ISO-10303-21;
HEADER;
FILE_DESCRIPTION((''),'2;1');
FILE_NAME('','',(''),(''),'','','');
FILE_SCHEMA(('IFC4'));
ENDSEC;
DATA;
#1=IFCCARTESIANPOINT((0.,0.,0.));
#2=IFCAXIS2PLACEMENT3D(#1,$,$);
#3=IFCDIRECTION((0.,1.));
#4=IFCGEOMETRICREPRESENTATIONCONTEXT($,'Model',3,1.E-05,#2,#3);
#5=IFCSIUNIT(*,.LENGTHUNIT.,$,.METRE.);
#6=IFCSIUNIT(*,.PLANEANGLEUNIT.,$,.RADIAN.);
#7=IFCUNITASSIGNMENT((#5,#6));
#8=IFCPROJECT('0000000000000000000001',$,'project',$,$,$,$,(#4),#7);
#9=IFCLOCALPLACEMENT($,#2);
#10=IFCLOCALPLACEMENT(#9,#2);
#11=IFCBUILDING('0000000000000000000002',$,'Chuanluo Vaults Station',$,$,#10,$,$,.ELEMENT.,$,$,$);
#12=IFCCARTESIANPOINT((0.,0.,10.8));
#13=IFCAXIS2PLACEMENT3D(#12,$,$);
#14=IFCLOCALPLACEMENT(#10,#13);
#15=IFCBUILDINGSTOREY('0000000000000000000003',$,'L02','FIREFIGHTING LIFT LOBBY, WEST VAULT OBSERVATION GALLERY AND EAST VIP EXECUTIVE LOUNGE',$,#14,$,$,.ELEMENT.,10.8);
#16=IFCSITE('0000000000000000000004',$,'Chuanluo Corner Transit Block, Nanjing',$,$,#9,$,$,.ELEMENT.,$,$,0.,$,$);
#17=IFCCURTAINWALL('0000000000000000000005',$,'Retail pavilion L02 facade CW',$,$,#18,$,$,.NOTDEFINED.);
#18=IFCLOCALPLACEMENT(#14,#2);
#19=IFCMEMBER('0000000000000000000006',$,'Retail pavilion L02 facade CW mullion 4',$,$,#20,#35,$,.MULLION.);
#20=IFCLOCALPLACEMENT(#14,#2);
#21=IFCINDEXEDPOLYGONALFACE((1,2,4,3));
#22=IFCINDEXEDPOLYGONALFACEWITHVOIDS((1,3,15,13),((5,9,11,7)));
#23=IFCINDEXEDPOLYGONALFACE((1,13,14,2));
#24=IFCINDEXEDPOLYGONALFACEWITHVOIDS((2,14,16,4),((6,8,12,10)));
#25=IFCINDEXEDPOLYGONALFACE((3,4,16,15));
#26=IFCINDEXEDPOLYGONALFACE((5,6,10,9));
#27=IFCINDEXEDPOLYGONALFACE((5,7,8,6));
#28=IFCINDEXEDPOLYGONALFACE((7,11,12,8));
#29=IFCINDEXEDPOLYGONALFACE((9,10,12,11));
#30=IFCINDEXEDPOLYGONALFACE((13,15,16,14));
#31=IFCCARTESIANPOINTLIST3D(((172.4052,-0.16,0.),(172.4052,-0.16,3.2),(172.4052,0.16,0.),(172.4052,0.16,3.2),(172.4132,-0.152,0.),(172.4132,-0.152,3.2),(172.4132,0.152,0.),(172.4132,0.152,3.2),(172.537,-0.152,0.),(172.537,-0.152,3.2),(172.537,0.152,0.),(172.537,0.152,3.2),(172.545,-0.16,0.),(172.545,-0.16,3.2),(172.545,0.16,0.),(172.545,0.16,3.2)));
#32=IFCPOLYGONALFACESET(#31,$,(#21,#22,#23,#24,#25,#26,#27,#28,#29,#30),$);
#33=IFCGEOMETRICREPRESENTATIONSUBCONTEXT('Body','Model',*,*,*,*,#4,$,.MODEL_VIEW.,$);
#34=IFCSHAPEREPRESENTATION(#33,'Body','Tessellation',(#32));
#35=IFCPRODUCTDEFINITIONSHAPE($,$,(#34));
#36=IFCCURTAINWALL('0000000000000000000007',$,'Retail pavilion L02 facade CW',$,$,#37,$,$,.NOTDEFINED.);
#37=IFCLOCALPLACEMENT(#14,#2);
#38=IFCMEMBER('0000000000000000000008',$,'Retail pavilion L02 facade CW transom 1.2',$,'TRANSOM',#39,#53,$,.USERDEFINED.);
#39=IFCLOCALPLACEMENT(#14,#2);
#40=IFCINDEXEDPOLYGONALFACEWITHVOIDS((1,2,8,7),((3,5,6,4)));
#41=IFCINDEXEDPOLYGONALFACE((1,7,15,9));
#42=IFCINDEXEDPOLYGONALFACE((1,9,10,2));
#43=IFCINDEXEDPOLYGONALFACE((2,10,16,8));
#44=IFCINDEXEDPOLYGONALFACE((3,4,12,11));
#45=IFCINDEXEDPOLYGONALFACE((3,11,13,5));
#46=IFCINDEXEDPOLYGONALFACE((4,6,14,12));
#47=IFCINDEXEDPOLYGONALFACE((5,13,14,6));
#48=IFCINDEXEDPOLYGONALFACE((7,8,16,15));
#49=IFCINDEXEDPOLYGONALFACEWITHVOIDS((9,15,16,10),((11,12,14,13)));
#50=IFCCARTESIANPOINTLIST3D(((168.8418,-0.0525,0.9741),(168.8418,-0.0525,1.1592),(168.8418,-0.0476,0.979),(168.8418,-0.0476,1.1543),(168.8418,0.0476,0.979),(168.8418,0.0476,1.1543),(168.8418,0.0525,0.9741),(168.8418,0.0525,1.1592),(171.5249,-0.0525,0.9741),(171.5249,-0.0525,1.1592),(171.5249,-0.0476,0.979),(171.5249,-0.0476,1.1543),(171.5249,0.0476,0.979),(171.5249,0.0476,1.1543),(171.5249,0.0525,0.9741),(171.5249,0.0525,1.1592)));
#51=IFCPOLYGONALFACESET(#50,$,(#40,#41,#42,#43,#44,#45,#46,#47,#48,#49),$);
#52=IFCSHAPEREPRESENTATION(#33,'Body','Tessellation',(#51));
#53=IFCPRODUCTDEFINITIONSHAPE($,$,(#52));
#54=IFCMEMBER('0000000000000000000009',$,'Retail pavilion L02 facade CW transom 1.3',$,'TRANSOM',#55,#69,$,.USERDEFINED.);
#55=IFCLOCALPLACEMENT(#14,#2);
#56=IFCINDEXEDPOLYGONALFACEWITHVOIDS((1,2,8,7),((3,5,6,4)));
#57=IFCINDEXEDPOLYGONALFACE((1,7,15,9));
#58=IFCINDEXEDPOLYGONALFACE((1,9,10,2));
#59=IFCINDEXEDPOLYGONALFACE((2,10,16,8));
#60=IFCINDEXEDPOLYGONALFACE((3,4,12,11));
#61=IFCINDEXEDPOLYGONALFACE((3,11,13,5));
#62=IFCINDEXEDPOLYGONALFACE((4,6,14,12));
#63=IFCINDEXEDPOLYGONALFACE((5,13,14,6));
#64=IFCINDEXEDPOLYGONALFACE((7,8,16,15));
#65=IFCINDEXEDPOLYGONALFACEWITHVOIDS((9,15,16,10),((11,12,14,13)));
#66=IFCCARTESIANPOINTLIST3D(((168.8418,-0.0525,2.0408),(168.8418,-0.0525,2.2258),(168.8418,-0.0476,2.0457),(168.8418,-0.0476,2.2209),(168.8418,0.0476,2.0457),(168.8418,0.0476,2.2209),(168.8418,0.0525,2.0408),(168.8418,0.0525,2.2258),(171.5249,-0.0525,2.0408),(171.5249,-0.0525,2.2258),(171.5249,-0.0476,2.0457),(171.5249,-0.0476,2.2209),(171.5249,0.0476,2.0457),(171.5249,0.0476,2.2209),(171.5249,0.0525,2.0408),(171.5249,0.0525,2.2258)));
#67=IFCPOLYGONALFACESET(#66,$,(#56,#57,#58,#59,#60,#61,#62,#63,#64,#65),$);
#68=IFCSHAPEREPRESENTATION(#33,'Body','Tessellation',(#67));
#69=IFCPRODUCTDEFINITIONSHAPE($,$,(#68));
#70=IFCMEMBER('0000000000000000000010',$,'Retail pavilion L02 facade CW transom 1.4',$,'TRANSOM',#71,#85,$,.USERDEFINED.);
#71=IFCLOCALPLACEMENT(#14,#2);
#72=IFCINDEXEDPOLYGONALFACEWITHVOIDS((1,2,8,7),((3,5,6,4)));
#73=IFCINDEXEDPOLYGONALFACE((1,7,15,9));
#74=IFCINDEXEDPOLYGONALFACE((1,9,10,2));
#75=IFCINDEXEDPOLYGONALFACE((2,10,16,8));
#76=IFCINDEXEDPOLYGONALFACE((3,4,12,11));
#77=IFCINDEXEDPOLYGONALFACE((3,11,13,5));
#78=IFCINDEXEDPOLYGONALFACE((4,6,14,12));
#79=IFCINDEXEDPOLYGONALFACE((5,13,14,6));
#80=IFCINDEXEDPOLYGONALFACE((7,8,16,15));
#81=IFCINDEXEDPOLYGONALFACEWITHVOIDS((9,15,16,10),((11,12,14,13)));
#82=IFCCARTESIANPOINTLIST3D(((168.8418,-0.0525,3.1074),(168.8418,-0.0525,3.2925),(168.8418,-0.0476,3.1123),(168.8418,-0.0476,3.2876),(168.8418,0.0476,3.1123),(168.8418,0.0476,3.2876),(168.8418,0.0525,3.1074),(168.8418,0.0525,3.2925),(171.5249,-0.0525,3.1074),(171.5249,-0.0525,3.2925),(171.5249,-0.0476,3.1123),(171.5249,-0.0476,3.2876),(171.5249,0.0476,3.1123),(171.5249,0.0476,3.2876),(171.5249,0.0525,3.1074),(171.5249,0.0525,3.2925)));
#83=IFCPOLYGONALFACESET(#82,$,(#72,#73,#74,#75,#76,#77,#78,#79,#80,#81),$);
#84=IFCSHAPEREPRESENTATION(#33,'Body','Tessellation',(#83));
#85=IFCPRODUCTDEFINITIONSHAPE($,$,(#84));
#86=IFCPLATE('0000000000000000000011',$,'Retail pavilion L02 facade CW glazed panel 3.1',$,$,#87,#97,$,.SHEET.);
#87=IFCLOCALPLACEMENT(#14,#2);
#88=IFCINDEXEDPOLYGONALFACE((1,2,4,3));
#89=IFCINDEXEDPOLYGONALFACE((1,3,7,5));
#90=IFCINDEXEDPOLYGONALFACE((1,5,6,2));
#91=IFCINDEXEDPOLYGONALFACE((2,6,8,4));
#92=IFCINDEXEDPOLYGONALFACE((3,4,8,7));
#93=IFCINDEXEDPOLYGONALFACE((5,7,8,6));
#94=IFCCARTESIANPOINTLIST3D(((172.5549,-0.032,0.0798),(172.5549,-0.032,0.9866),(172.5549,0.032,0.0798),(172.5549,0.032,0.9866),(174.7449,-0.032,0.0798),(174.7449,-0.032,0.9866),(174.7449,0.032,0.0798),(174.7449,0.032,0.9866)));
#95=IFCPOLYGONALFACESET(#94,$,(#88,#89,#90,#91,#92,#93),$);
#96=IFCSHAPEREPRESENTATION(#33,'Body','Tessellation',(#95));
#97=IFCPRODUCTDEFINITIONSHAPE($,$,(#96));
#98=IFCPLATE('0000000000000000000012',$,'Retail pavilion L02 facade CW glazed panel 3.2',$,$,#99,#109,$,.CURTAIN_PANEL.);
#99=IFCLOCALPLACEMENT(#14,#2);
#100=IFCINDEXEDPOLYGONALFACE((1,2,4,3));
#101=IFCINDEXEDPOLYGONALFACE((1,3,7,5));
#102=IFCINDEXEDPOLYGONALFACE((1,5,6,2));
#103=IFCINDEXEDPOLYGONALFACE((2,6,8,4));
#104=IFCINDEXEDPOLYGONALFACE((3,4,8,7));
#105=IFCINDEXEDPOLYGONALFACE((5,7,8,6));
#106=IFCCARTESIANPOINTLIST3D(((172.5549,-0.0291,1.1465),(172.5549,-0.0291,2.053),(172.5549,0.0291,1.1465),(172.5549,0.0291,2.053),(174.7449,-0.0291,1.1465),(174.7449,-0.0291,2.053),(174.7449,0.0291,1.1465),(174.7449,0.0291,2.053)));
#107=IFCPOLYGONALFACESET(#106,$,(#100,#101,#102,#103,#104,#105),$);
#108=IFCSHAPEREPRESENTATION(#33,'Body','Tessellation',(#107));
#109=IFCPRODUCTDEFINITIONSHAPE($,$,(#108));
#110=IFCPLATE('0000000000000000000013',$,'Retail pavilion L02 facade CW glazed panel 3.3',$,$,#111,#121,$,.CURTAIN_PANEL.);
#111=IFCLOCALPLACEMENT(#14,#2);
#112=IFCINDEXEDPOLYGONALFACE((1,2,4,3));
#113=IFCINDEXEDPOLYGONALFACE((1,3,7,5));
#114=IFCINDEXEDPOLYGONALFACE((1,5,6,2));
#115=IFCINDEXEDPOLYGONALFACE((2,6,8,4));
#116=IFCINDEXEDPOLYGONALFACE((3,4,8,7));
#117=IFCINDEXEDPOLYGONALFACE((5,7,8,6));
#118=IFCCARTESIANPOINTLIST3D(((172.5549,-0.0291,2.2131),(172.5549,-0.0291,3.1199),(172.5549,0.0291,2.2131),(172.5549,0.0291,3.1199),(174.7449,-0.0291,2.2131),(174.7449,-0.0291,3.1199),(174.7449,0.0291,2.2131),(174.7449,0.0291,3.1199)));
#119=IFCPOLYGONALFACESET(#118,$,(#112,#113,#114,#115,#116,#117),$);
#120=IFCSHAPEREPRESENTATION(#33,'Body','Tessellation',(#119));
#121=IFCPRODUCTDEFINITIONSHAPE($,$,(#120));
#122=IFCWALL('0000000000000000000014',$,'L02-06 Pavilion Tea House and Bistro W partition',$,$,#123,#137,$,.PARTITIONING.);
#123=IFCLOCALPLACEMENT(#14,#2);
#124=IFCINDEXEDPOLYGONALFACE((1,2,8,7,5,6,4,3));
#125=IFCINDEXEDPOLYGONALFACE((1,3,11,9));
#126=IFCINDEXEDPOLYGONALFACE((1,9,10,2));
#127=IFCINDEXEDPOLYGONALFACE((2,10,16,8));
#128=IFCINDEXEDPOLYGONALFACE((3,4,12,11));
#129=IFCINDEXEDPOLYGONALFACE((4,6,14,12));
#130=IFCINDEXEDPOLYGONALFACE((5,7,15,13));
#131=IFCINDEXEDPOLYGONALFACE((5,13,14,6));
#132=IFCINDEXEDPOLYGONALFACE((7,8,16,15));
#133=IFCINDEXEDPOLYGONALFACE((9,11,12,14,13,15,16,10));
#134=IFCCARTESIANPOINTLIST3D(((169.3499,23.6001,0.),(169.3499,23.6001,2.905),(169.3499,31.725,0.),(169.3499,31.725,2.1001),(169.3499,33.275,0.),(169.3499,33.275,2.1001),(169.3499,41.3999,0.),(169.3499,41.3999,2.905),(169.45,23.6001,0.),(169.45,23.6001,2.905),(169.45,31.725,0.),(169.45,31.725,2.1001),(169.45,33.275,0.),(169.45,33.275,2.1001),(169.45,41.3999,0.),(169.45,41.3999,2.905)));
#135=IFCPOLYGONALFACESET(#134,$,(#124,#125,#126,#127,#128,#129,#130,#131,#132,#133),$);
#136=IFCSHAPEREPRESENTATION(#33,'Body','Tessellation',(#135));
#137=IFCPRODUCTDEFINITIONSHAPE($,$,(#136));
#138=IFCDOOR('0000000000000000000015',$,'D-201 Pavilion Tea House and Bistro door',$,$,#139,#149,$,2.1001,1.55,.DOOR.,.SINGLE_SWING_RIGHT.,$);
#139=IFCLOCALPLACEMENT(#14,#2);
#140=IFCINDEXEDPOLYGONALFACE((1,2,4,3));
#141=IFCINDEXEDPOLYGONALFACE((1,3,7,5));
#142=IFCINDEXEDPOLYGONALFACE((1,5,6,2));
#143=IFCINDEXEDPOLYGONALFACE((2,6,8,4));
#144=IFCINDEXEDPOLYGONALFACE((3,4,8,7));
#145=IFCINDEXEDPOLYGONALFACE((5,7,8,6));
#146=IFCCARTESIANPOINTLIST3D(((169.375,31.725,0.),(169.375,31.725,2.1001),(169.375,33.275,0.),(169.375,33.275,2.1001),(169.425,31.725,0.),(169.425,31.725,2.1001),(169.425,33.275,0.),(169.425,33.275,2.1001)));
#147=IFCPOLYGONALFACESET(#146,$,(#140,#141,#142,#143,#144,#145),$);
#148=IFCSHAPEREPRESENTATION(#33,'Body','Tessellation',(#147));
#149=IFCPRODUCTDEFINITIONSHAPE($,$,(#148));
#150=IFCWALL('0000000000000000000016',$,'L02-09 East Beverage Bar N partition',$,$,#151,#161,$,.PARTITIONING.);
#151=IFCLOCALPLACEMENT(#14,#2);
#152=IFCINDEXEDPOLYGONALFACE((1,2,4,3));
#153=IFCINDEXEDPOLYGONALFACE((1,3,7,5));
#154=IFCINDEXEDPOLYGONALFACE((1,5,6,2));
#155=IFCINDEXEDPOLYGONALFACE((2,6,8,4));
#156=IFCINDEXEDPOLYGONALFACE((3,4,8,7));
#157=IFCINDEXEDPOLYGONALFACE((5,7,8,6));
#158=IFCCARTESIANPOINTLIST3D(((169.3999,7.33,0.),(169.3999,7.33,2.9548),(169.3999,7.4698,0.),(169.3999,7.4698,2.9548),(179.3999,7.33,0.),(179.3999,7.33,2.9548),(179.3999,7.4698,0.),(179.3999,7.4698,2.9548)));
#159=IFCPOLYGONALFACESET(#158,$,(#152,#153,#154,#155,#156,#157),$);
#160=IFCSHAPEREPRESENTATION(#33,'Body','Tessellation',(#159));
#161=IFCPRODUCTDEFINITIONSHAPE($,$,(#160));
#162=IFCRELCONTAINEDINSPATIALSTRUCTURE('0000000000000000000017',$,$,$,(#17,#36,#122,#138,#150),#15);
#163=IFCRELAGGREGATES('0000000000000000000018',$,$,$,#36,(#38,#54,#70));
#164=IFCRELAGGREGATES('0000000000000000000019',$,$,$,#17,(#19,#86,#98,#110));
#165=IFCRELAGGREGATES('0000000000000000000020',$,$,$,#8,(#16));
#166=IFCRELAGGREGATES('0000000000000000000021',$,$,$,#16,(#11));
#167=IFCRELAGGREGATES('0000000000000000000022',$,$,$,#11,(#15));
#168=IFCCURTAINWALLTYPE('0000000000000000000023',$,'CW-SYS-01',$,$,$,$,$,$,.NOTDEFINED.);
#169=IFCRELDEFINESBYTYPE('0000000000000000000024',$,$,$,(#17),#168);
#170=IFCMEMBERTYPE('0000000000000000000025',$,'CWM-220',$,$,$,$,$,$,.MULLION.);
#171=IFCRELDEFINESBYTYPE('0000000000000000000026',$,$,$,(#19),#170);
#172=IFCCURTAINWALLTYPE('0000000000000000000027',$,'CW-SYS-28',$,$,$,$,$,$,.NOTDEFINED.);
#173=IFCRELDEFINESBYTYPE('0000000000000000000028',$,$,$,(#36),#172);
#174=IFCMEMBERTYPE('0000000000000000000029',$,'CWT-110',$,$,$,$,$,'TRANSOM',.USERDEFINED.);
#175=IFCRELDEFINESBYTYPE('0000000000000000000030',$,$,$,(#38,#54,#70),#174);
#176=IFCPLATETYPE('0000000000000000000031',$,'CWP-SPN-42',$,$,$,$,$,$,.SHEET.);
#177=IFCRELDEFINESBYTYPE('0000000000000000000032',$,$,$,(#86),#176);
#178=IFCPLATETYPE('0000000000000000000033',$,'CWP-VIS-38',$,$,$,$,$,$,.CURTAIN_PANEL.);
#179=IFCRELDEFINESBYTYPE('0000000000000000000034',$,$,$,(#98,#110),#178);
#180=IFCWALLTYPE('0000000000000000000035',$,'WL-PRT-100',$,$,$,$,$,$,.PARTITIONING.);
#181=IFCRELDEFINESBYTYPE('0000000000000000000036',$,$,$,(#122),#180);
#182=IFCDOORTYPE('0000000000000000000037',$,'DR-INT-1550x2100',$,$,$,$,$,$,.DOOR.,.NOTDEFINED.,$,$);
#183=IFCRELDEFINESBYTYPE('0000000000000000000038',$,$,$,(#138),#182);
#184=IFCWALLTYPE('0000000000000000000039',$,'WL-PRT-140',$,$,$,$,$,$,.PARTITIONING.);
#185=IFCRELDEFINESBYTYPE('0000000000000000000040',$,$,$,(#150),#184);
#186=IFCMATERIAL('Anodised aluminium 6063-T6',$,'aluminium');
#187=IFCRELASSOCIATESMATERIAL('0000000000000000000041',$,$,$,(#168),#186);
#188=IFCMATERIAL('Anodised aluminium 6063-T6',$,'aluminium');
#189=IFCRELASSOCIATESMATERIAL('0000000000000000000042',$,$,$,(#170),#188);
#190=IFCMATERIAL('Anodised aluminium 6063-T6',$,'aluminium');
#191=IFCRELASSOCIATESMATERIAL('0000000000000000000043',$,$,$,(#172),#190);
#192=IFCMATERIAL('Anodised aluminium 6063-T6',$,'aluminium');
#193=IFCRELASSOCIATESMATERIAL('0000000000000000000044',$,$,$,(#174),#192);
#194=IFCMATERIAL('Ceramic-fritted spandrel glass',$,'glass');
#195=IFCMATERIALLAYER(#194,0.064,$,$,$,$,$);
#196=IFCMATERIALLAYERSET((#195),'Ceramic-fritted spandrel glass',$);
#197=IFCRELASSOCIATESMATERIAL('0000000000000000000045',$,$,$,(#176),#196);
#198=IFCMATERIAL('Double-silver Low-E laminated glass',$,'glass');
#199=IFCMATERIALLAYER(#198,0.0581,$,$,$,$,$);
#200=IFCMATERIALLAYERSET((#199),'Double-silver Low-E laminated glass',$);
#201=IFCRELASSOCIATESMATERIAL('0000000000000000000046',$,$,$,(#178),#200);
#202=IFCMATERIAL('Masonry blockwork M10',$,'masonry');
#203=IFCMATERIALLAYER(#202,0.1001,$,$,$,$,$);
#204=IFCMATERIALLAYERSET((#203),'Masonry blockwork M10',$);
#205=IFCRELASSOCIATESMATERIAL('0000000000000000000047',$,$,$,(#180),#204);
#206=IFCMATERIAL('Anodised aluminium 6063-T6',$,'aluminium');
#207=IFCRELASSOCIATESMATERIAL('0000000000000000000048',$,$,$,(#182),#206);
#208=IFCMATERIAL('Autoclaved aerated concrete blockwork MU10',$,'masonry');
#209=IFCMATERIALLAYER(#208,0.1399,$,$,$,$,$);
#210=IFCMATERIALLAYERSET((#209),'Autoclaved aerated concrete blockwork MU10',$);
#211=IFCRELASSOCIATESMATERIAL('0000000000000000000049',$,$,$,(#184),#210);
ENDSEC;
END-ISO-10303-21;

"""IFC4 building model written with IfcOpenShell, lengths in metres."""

from ifc_helpers import new_model, si_unit, direction, frame, frame_2d, origin, origin_2d, place, context, subcontext, project, spatial, rectangle, hollow_rectangle, extrude, material, layer, layer_set, material_profile, profile_set, type_object, element, fill, aggregate, save


model = new_model("IFC4")

# Units and contexts
model_context = context("Model", 3, precision=1e-05, world=origin(), true_north=direction((0.0, 1.0)))
body_context = subcontext(model_context, "Body", "Model", "MODEL_VIEW")
ifc_project = project(units=[si_unit("LENGTHUNIT", "METRE"), si_unit("PLANEANGLEUNIT", "RADIAN")], contexts=[model_context])

# Site, building, storey
site_placement = place(None, origin())
site = spatial("IfcSite", under=ifc_project, at=site_placement, Name="Chuanluo Corner Transit Block, Nanjing", CompositionType="ELEMENT", RefElevation=0.0)
building_placement = place(site_placement, origin())
building = spatial("IfcBuilding", under=site, at=building_placement, Name="Chuanluo Vaults Station", CompositionType="ELEMENT")
storey_placement = place(building_placement, frame((0.0, 0.0, 10.8)))
storey = spatial("IfcBuildingStorey", under=building, at=storey_placement, Name="L02", Description="FIREFIGHTING LIFT LOBBY, WEST VAULT OBSERVATION GALLERY AND EAST VIP EXECUTIVE LOUNGE", CompositionType="ELEMENT", Elevation=10.8)

# Curtain wall, member
ifc_material_1 = material(Name="Anodised aluminium 6063-T6", Category="aluminium")
curtain_wall_type_1 = type_object("IfcCurtainWallType", Name="CW-SYS-01", PredefinedType="NOTDEFINED", material=ifc_material_1)
curtain_wall_1_placement = place(storey_placement, origin())
curtain_wall_1 = element("IfcCurtainWall", 1, at=curtain_wall_1_placement, inside=storey, type_object=curtain_wall_type_1, Name="Retail pavilion L02 facade CW", PredefinedType="NOTDEFINED")
ifc_material_2 = material(Name="Anodised aluminium 6063-T6", Category="aluminium")
ifc_material_profile_1 = material_profile(ifc_material_2, hollow_rectangle(XDim=0.1399, YDim=0.3201, WallThickness=0.0081, at=origin_2d()))
ifc_profile_set_1 = profile_set([ifc_material_profile_1], Name="Anodised aluminium 6063-T6")
member_type_1 = type_object("IfcMemberType", Name="CWM-220", PredefinedType="MULLION", material=ifc_profile_set_1)
member_1_placement = place(storey_placement, frame((172.4751, 0.0, 0.0), z_axis=(0.0, 0.0, 1.0), x_axis=(-1.0, 0.0, 0.0)))
member_1 = element("IfcMember", 2, at=member_1_placement, type_object=member_type_1, Name="Retail pavilion L02 facade CW mullion 4", PredefinedType="MULLION", context=body_context, shape_type="SweptSolid", body=[
    extrude(hollow_rectangle(XDim=0.1399, YDim=0.3201, WallThickness=0.0081, at=origin_2d()), origin(), (0.0, 0.0, 1.0), 3.2),
])

# Curtain wall, members
ifc_material_3 = material(Name="Anodised aluminium 6063-T6", Category="aluminium")
curtain_wall_type_2 = type_object("IfcCurtainWallType", Name="CW-SYS-28", PredefinedType="NOTDEFINED", material=ifc_material_3)
curtain_wall_2_placement = place(storey_placement, origin())
curtain_wall_2 = element("IfcCurtainWall", 3, at=curtain_wall_2_placement, inside=storey, type_object=curtain_wall_type_2, Name="Retail pavilion L02 facade CW", PredefinedType="NOTDEFINED")
ifc_material_4 = material(Name="Anodised aluminium 6063-T6", Category="aluminium")
ifc_material_profile_2 = material_profile(ifc_material_4, hollow_rectangle(XDim=0.105, YDim=0.1851, WallThickness=0.0049, at=origin_2d()))
ifc_profile_set_2 = profile_set([ifc_material_profile_2], Name="Anodised aluminium 6063-T6")
member_type_2 = type_object("IfcMemberType", Name="CWT-110", ElementType="TRANSOM", PredefinedType="USERDEFINED", material=ifc_profile_set_2)
member_2_placement = place(storey_placement, frame((171.5249, 0.0, 1.0667), z_axis=(-1.0, 0.0, 0.0), x_axis=(0.0, -1.0, 0.0)))
member_2 = element("IfcMember", 4, at=member_2_placement, type_object=member_type_2, Name="Retail pavilion L02 facade CW transom 1.2", ObjectType="TRANSOM", PredefinedType="USERDEFINED", context=body_context, shape_type="SweptSolid", body=[
    extrude(hollow_rectangle(XDim=0.105, YDim=0.1851, WallThickness=0.0049, at=origin_2d()), origin(), (0.0, 0.0, 1.0), 2.6831),
])
member_3_placement = place(storey_placement, frame((171.5249, 0.0, 2.1333), z_axis=(-1.0, 0.0, 0.0), x_axis=(0.0, -1.0, 0.0)))
member_3 = element("IfcMember", 5, at=member_3_placement, type_object=member_type_2, Name="Retail pavilion L02 facade CW transom 1.3", ObjectType="TRANSOM", PredefinedType="USERDEFINED", context=body_context, shape_type="SweptSolid", body=[
    extrude(hollow_rectangle(XDim=0.105, YDim=0.1851, WallThickness=0.0049, at=origin_2d()), origin(), (0.0, 0.0, 1.0), 2.6831),
])
member_4_placement = place(storey_placement, frame((171.5249, 0.0, 3.2), z_axis=(-1.0, 0.0, 0.0), x_axis=(0.0, -1.0, 0.0)))
member_4 = element("IfcMember", 6, at=member_4_placement, type_object=member_type_2, Name="Retail pavilion L02 facade CW transom 1.4", ObjectType="TRANSOM", PredefinedType="USERDEFINED", context=body_context, shape_type="SweptSolid", body=[
    extrude(hollow_rectangle(XDim=0.105, YDim=0.1851, WallThickness=0.0049, at=origin_2d()), origin(), (0.0, 0.0, 1.0), 2.6831),
])
aggregate(curtain_wall_2, [member_2, member_3, member_4])

# Plates
ifc_material_5 = material(Name="Ceramic-fritted spandrel glass", Category="glass")
ifc_layer_1 = layer(ifc_material_5, 0.064)
ifc_layer_set_1 = layer_set([ifc_layer_1], Name="Ceramic-fritted spandrel glass")
plate_type_1 = type_object("IfcPlateType", Name="CWP-SPN-42", PredefinedType="SHEET", material=ifc_layer_set_1)
plate_1_placement = place(storey_placement, frame((173.6499, 0.0, 0.0798), z_axis=(0.0, 0.0, 1.0), x_axis=(-1.0, 0.0, 0.0)))
plate_1 = element("IfcPlate", 7, at=plate_1_placement, type_object=plate_type_1, Name="Retail pavilion L02 facade CW glazed panel 3.1", PredefinedType="SHEET", context=body_context, shape_type="SweptSolid", body=[
    extrude(rectangle(XDim=2.1899, YDim=0.064, at=origin_2d()), origin(), (0.0, 0.0, 1.0), 0.9067),
])
ifc_material_6 = material(Name="Double-silver Low-E laminated glass", Category="glass")
ifc_layer_2 = layer(ifc_material_6, 0.0581)
ifc_layer_set_2 = layer_set([ifc_layer_2], Name="Double-silver Low-E laminated glass")
plate_type_2 = type_object("IfcPlateType", Name="CWP-VIS-38", PredefinedType="CURTAIN_PANEL", material=ifc_layer_set_2)
plate_2_placement = place(storey_placement, frame((173.6499, 0.0, 1.1465), z_axis=(0.0, 0.0, 1.0), x_axis=(-1.0, 0.0, 0.0)))
plate_2 = element("IfcPlate", 8, at=plate_2_placement, type_object=plate_type_2, Name="Retail pavilion L02 facade CW glazed panel 3.2", PredefinedType="CURTAIN_PANEL", context=body_context, shape_type="SweptSolid", body=[
    extrude(rectangle(XDim=2.1899, YDim=0.0581, at=origin_2d()), origin(), (0.0, 0.0, 1.0), 0.9065),
])
plate_3_placement = place(storey_placement, frame((173.6499, 0.0, 2.2131), z_axis=(0.0, 0.0, 1.0), x_axis=(-1.0, 0.0, 0.0)))
plate_3 = element("IfcPlate", 9, at=plate_3_placement, type_object=plate_type_2, Name="Retail pavilion L02 facade CW glazed panel 3.3", PredefinedType="CURTAIN_PANEL", context=body_context, shape_type="SweptSolid", body=[
    extrude(rectangle(XDim=2.1899, YDim=0.0581, at=origin_2d()), origin(), (0.0, 0.0, 1.0), 0.9067),
])
aggregate(curtain_wall_1, [member_1, plate_1, plate_2, plate_3])

# Wall, opening, door
ifc_material_7 = material(Name="Masonry blockwork M10", Category="masonry")
ifc_layer_3 = layer(ifc_material_7, 0.1001)
ifc_layer_set_3 = layer_set([ifc_layer_3], Name="Masonry blockwork M10")
wall_type_1 = type_object("IfcWallType", Name="WL-PRT-100", PredefinedType="PARTITIONING", material=ifc_layer_set_3)
wall_1_placement = place(storey_placement, frame((169.3999, 23.6001, 0.0), z_axis=(0.0, 0.0, 1.0), x_axis=(0.0, 1.0, 0.0)))
wall_1 = element("IfcWall", 10, at=wall_1_placement, inside=storey, type_object=wall_type_1, Name="L02-06 Pavilion Tea House and Bistro W partition", PredefinedType="PARTITIONING", context=body_context, shape_type="SweptSolid", body=[
    extrude(rectangle(XDim=17.7998, YDim=0.1001, at=frame_2d((8.8999, 0.0))), origin(), (0.0, 0.0, 1.0), 2.905),
])
opening_1_placement = place(wall_1_placement, frame((8.125, 0.0, 0.0)))
opening_1 = element("IfcOpeningElement", 11, at=opening_1_placement, cuts=wall_1, PredefinedType="OPENING", context=body_context, shape_type="SweptSolid", body=[
    extrude(rectangle(XDim=1.55, YDim=2.1001, at=frame_2d((0.7749, 1.05))), frame((0.0, 0.06, 0.0), z_axis=(0.0, -1.0, 0.0), x_axis=(1.0, 0.0, 0.0)), (0.0, 0.0, 1.0), 0.1201),
])
ifc_material_8 = material(Name="Anodised aluminium 6063-T6", Category="aluminium")
door_type_1 = type_object("IfcDoorType", Name="DR-INT-1550x2100", OperationType="NOTDEFINED", PredefinedType="DOOR", material=ifc_material_8)
door_1_placement = place(opening_1_placement, origin())
door_1 = element("IfcDoor", 12, at=door_1_placement, inside=storey, type_object=door_type_1, Name="D-201 Pavilion Tea House and Bistro door", OperationType="SINGLE_SWING_RIGHT", OverallHeight=2.1001, OverallWidth=1.55, PredefinedType="DOOR", context=body_context, shape_type="SweptSolid", body=[
    extrude(rectangle(XDim=1.55, YDim=2.1001, at=frame_2d((0.7749, 1.05))), frame((0.0, 0.0249, 0.0), z_axis=(0.0, -1.0, 0.0), x_axis=(1.0, 0.0, 0.0)), (0.0, 0.0, 1.0), 0.05),
])
fill(opening_1, door_1)

# Wall
ifc_material_9 = material(Name="Autoclaved aerated concrete blockwork MU10", Category="masonry")
ifc_layer_4 = layer(ifc_material_9, 0.1399)
ifc_layer_set_4 = layer_set([ifc_layer_4], Name="Autoclaved aerated concrete blockwork MU10")
wall_type_2 = type_object("IfcWallType", Name="WL-PRT-140", PredefinedType="PARTITIONING", material=ifc_layer_set_4)
wall_2_placement = place(storey_placement, frame((169.3999, 7.3999, 0.0), z_axis=(0.0, 0.0, 1.0), x_axis=(1.0, 0.0, 0.0)))
element("IfcWall", 13, at=wall_2_placement, inside=storey, type_object=wall_type_2, Name="L02-09 East Beverage Bar N partition", PredefinedType="PARTITIONING", context=body_context, shape_type="SweptSolid", body=[
    extrude(rectangle(XDim=10.0, YDim=0.1399, at=frame_2d((5.0, 0.0))), origin(), (0.0, 0.0, 1.0), 2.9548),
])

save(model, "model.ifc")
